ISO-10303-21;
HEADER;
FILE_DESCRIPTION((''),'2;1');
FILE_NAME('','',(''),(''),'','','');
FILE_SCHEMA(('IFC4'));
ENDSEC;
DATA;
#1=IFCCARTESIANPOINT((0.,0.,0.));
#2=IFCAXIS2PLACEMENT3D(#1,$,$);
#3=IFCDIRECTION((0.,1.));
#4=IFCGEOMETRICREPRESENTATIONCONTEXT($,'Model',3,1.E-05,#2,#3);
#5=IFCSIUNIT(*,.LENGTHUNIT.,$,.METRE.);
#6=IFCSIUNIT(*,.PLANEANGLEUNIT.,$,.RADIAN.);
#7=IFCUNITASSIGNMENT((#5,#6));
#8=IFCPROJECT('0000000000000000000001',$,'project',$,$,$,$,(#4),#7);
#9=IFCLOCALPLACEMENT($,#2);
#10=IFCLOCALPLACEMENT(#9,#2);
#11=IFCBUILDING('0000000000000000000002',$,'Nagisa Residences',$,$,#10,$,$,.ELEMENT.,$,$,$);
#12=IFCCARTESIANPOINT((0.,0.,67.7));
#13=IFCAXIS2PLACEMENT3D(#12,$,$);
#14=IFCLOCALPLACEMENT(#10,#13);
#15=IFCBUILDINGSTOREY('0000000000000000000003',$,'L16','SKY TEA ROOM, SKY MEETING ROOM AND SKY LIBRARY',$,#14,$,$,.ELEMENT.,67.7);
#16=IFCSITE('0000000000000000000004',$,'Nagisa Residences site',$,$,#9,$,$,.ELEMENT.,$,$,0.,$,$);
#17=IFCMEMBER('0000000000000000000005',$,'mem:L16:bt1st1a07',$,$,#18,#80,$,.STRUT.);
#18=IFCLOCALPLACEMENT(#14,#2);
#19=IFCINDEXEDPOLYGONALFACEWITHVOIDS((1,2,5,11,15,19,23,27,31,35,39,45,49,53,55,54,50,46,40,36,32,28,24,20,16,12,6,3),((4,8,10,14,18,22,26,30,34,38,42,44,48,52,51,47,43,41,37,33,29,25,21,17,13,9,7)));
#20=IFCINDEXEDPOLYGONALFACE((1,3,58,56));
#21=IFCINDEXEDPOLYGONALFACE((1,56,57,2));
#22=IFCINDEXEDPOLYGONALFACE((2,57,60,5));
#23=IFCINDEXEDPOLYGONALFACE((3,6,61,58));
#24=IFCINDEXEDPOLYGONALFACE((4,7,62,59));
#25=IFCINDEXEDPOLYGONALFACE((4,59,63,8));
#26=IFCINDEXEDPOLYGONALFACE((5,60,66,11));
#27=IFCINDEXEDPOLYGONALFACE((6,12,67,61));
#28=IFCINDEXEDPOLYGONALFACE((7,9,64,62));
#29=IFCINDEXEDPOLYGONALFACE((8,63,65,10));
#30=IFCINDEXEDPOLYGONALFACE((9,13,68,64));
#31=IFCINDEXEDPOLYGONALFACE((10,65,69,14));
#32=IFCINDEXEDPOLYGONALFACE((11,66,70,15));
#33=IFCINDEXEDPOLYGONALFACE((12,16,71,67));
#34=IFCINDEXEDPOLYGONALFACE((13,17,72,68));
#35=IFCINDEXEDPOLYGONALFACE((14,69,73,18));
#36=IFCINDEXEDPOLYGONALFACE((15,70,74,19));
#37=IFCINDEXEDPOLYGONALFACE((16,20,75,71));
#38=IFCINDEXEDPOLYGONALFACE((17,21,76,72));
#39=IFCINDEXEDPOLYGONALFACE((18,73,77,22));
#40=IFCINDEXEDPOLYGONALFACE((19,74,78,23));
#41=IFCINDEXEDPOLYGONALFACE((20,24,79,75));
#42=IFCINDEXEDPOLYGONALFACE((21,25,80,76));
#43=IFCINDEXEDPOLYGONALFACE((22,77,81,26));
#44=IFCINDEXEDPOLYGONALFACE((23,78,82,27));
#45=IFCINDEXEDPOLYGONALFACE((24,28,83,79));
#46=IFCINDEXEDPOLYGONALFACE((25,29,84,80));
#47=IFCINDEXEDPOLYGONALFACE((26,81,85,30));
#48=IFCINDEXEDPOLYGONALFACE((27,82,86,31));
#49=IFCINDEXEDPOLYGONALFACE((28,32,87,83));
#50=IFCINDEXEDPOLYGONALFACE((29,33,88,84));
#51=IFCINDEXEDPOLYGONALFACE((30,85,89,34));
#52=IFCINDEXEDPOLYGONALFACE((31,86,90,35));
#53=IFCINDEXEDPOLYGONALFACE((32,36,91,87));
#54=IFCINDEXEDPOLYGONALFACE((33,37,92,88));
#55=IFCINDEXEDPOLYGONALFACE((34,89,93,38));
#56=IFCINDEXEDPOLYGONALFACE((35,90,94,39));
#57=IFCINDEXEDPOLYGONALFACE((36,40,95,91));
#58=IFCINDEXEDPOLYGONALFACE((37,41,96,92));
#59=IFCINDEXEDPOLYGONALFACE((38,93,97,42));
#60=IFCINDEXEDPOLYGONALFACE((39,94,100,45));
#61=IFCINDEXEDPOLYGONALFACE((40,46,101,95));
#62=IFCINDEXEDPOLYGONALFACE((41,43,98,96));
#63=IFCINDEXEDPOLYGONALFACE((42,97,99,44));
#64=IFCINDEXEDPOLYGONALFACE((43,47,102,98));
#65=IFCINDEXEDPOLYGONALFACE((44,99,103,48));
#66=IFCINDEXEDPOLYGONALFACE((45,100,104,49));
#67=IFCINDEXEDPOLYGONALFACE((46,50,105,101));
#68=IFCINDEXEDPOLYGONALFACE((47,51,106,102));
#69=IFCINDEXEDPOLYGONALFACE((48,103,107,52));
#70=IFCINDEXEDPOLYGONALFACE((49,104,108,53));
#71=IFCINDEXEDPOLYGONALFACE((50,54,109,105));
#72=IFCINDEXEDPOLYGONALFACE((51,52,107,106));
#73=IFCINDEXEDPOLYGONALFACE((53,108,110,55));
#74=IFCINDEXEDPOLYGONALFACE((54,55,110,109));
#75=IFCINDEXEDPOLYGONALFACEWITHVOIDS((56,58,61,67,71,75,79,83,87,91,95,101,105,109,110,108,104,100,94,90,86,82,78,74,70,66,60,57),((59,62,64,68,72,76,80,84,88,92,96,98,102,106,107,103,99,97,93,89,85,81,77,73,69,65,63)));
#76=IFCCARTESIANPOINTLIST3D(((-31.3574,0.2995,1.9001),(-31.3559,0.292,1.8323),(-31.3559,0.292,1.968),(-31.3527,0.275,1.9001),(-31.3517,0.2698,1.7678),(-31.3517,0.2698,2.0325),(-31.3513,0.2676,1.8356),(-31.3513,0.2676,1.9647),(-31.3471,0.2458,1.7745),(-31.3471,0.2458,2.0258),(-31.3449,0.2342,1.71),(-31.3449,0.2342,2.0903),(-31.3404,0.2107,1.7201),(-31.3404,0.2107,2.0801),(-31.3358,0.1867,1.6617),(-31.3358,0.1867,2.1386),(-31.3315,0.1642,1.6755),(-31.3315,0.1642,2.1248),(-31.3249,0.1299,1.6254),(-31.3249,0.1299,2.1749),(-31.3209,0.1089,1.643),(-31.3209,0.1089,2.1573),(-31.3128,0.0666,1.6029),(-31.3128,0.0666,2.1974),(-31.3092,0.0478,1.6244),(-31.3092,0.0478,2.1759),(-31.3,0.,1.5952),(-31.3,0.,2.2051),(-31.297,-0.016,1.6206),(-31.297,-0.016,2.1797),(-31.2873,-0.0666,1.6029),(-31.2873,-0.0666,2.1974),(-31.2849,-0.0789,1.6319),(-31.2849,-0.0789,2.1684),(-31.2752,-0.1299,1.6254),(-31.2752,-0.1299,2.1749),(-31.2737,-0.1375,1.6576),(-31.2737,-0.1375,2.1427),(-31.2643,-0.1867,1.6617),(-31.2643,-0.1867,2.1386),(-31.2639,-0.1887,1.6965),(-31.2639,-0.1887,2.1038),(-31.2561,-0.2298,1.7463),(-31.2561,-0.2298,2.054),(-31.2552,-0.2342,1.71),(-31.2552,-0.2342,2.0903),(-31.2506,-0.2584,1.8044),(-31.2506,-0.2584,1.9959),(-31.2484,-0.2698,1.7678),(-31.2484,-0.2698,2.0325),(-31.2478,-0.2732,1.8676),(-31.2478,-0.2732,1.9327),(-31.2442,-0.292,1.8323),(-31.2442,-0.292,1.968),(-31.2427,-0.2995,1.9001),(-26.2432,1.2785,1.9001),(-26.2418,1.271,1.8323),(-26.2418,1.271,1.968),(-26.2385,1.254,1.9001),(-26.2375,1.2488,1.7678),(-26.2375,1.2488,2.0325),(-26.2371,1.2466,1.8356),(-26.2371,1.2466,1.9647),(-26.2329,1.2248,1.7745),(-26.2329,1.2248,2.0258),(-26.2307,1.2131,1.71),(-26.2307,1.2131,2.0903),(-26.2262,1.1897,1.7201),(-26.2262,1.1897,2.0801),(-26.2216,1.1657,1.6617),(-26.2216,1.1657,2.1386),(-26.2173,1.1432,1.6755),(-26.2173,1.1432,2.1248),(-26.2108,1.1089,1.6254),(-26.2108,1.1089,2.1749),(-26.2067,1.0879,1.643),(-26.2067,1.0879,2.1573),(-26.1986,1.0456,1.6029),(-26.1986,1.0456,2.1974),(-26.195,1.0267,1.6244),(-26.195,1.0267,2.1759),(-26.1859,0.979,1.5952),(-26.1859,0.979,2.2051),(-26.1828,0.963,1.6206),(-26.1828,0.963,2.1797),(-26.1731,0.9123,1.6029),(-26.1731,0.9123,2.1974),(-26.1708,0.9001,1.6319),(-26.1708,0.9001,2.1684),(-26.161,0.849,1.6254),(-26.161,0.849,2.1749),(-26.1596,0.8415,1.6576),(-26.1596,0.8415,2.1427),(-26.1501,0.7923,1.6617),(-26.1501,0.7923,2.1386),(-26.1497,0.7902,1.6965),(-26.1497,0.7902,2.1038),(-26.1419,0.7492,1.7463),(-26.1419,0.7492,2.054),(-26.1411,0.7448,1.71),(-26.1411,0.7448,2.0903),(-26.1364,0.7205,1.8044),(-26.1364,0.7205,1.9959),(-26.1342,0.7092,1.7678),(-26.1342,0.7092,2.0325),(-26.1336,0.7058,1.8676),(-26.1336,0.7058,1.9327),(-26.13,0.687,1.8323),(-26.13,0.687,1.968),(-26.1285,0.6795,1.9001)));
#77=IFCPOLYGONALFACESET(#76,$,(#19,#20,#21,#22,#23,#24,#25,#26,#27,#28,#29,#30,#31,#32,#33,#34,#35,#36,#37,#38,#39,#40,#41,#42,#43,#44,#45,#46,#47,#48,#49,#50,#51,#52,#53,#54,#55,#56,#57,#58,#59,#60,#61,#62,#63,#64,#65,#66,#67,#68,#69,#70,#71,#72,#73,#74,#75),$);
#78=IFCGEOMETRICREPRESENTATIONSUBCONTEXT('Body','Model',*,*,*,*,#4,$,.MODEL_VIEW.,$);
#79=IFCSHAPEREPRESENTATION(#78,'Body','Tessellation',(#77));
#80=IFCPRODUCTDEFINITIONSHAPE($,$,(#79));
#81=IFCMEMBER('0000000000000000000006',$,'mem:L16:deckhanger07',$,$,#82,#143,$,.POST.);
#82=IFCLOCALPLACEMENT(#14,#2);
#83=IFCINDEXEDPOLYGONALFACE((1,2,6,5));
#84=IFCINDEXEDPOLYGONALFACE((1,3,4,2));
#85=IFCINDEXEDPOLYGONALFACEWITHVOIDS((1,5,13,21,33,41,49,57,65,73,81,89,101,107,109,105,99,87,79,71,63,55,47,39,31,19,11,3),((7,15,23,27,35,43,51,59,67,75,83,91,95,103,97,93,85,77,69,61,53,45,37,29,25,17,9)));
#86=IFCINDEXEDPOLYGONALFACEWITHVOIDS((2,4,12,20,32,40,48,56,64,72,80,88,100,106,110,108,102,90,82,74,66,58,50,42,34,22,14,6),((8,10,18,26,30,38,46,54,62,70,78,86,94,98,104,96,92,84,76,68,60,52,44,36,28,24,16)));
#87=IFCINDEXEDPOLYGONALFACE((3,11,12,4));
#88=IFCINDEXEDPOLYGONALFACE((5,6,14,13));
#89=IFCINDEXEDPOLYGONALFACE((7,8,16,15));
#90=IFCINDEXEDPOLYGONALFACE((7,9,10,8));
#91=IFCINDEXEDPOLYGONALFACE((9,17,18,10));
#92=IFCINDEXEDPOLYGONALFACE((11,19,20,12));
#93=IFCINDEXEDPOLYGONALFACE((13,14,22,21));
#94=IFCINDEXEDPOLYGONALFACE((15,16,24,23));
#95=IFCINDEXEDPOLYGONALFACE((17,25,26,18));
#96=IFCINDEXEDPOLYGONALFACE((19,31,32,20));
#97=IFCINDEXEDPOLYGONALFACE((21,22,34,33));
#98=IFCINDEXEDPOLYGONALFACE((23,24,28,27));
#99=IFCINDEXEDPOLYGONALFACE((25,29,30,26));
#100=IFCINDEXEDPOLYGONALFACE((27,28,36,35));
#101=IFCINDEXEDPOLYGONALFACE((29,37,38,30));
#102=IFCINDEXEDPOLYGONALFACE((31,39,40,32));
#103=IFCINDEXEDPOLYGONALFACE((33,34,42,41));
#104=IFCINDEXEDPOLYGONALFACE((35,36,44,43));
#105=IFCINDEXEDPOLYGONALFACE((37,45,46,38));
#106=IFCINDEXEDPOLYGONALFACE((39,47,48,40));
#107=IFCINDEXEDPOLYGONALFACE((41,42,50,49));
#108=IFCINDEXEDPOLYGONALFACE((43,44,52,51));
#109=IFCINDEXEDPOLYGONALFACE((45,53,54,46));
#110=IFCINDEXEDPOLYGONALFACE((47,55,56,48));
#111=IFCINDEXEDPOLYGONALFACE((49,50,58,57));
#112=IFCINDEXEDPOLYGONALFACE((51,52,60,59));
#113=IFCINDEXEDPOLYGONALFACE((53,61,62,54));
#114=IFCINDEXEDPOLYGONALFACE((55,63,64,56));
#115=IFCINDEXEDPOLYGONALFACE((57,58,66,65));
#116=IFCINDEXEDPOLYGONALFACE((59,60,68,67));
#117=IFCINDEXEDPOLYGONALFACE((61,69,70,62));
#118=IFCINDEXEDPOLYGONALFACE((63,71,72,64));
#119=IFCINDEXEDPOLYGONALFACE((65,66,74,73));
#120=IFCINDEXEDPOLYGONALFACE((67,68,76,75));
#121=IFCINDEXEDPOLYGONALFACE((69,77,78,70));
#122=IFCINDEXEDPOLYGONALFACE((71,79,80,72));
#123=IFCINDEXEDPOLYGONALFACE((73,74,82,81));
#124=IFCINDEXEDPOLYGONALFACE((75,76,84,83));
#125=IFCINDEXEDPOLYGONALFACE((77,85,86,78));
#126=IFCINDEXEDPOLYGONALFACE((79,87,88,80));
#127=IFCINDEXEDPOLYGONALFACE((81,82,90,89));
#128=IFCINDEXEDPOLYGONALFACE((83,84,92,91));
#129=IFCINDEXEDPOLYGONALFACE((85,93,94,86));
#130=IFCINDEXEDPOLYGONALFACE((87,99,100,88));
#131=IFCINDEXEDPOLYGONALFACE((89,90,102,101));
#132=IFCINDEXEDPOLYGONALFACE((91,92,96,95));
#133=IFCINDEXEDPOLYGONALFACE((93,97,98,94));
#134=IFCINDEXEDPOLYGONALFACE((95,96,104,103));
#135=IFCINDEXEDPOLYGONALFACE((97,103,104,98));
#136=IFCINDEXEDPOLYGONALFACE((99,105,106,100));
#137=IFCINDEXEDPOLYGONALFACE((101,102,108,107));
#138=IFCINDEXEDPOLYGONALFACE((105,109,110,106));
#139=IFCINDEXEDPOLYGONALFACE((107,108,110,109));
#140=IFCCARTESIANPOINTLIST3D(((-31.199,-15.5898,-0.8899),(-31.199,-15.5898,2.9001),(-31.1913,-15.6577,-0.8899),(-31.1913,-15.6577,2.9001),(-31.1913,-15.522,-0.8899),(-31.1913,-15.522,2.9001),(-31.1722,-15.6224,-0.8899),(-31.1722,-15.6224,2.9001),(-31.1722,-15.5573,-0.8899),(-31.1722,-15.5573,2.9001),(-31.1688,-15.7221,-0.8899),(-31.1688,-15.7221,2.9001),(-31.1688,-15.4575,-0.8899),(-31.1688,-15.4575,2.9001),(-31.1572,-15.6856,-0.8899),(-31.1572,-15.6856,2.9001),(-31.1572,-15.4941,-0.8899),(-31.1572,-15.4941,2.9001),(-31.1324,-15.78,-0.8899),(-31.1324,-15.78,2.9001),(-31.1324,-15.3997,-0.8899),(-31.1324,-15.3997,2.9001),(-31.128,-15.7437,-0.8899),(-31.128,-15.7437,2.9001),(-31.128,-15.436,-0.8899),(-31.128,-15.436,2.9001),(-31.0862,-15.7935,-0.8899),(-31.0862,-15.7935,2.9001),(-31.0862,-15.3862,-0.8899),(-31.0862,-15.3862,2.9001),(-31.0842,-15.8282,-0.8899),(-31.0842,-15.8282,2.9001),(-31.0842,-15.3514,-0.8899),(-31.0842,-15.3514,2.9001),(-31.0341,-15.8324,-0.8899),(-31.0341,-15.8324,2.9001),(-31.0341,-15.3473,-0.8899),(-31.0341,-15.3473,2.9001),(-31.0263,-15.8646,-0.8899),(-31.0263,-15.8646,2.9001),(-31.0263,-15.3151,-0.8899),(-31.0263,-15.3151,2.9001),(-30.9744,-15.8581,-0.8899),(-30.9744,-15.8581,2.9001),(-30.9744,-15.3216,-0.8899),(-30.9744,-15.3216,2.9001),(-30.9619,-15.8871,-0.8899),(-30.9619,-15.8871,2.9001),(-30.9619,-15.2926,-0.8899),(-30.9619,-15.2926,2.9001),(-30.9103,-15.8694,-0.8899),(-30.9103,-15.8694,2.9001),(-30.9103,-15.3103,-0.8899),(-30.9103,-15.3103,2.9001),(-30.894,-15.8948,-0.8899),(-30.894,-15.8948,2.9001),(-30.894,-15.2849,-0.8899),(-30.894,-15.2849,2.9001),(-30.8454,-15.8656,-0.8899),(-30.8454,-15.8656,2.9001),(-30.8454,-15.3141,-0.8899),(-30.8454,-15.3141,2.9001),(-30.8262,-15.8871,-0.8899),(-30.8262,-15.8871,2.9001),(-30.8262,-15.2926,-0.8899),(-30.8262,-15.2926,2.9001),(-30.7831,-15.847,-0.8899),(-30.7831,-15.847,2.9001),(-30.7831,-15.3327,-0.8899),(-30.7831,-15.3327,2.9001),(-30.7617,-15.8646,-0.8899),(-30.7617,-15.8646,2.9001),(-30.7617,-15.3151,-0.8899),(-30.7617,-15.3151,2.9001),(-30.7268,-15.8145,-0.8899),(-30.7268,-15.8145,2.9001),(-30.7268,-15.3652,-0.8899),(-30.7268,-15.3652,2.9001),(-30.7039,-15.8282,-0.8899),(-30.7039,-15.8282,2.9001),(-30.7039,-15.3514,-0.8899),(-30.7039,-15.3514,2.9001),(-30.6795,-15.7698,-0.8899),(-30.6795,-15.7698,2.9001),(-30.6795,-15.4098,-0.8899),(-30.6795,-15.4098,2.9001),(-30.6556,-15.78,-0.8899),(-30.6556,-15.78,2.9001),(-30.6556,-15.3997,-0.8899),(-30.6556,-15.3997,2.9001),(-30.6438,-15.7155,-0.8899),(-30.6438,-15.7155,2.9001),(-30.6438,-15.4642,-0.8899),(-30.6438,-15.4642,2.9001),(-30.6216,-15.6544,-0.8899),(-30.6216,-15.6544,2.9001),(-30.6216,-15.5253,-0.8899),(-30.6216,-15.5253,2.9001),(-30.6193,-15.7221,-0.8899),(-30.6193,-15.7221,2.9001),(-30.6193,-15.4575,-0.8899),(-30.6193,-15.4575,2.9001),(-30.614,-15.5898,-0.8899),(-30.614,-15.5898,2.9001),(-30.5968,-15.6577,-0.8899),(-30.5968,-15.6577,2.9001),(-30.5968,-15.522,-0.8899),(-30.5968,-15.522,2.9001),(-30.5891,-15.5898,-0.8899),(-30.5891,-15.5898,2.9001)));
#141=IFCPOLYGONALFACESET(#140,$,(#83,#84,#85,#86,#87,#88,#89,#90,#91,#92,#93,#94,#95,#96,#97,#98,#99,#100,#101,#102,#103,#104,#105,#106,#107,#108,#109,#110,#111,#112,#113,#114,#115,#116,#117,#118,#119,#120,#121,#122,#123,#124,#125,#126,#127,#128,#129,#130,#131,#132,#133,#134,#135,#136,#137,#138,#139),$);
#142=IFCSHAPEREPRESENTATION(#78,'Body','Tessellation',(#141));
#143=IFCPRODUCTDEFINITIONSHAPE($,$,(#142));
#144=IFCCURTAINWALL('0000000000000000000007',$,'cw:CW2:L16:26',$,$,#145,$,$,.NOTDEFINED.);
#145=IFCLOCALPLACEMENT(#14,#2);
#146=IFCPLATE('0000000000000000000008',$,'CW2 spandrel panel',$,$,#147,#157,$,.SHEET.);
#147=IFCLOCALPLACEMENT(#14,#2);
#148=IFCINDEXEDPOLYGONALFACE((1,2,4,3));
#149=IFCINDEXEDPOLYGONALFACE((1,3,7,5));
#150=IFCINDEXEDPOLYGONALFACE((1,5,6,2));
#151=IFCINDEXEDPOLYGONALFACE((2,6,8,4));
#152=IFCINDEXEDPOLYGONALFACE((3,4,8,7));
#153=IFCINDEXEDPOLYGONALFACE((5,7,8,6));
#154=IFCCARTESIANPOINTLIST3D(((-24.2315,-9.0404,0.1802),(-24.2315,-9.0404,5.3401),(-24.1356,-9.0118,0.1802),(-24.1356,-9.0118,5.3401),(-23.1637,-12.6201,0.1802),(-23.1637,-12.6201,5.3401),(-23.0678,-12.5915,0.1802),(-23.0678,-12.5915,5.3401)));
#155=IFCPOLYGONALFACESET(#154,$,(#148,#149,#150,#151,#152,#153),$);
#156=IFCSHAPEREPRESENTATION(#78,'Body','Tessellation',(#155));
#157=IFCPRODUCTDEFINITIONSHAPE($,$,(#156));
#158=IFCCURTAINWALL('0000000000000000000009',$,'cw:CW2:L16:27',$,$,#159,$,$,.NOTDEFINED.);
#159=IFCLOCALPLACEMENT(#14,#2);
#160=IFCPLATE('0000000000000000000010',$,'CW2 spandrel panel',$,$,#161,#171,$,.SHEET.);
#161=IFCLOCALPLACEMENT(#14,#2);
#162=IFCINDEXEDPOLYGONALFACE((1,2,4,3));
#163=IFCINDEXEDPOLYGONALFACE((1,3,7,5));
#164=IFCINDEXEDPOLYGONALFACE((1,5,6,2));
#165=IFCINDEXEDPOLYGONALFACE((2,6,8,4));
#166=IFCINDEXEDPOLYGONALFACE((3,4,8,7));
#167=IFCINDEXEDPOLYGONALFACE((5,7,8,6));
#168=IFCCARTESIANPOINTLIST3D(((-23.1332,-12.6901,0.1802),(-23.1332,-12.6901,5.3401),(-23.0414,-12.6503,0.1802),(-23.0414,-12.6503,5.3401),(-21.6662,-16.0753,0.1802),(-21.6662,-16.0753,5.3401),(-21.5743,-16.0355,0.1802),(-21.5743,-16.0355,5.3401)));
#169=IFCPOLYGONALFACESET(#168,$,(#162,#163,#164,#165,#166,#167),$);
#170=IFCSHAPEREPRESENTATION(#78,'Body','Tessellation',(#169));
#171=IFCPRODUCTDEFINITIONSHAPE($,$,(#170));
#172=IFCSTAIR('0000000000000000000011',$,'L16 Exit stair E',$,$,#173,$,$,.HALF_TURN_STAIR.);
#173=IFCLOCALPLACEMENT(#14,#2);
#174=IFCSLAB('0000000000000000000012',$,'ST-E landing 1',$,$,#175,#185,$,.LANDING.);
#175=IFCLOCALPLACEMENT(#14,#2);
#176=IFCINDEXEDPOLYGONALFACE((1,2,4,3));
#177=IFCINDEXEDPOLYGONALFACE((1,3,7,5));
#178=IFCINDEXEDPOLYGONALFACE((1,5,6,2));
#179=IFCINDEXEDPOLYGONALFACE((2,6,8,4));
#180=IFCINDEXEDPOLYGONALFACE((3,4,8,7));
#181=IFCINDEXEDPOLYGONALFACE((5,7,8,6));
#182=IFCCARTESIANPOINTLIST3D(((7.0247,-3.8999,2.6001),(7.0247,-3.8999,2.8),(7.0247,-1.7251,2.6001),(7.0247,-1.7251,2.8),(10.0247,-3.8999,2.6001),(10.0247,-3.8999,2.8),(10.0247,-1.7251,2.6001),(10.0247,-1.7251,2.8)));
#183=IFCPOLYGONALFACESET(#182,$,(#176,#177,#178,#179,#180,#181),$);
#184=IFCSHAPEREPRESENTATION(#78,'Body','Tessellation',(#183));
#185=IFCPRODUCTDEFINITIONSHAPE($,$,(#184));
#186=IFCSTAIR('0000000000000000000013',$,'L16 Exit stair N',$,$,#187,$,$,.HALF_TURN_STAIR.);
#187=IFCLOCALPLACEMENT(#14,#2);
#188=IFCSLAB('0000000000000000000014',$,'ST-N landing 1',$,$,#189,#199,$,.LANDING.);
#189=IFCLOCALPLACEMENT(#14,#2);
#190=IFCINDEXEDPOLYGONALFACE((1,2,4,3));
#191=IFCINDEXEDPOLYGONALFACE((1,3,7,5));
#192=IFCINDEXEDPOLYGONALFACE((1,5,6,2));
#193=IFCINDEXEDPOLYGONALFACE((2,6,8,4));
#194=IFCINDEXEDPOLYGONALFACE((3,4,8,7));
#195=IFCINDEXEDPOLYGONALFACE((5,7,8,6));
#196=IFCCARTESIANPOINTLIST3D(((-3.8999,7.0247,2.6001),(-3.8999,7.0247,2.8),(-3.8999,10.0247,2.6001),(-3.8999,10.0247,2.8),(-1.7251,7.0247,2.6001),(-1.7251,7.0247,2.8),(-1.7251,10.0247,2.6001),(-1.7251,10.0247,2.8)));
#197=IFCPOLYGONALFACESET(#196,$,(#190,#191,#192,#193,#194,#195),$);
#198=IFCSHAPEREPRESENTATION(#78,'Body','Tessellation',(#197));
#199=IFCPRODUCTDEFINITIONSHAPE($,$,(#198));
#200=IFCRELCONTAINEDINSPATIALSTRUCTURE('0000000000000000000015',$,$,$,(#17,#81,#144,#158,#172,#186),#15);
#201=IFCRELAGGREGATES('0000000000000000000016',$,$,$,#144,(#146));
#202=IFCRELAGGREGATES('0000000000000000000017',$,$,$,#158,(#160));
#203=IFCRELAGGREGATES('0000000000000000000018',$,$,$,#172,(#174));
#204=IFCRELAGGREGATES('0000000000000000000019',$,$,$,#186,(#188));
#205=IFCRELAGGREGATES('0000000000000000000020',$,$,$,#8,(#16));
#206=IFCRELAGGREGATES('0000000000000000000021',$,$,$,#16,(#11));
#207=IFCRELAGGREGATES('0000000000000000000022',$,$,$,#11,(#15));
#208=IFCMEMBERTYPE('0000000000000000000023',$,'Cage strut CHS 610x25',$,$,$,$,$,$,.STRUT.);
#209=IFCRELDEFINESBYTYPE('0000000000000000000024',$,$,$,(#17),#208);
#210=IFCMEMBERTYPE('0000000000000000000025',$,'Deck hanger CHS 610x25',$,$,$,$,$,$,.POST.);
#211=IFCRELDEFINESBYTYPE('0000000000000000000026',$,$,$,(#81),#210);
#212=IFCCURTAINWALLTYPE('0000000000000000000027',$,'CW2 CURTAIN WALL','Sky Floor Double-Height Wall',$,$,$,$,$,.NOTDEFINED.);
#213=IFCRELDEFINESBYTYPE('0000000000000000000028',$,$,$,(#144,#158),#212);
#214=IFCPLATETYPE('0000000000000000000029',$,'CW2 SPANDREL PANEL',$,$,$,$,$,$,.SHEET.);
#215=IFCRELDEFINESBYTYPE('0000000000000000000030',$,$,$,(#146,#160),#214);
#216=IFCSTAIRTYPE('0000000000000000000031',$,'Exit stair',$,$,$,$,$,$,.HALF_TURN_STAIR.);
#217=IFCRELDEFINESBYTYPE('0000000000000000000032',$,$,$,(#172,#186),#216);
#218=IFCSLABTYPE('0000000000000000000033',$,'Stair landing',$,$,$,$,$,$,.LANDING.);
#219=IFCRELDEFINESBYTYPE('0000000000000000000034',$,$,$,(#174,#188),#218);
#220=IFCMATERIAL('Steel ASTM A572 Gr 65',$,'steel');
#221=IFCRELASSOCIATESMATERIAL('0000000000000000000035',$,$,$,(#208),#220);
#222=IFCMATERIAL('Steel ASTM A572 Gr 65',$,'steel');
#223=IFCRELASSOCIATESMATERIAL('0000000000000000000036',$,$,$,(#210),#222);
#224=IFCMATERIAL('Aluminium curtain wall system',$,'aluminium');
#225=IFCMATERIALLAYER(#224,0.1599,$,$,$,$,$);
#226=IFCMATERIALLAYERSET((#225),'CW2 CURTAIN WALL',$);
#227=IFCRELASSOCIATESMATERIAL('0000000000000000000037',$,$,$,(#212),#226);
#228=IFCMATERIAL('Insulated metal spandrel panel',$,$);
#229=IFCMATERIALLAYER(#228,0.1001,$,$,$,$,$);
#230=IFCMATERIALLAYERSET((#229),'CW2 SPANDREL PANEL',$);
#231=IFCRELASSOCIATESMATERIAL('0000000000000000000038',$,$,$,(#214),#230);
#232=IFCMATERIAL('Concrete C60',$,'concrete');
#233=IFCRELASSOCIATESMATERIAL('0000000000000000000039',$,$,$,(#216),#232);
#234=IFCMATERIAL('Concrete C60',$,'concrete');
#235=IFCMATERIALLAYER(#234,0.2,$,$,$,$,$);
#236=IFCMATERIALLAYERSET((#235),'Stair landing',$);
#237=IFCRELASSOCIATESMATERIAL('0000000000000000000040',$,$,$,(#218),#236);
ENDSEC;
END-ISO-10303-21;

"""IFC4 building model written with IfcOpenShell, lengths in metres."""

from ifc_helpers import new_model, si_unit, direction, frame, origin, origin_2d, place, context, subcontext, project, spatial, polyline, rectangle, hollow_circle, outline, extrude, material, layer, layer_set, material_profile, profile_set, type_object, element, aggregate, save


model = new_model("IFC4")

# Units and contexts
model_context = context("Model", 3, precision=1e-05, world=origin(), true_north=direction((0.0, 1.0)))
body_context = subcontext(model_context, "Body", "Model", "MODEL_VIEW")
ifc_project = project(units=[si_unit("LENGTHUNIT", "METRE"), si_unit("PLANEANGLEUNIT", "RADIAN")], contexts=[model_context])

# Site, building, storey
site_placement = place(None, origin())
site = spatial("IfcSite", under=ifc_project, at=site_placement, Name="Nagisa Residences site", CompositionType="ELEMENT", RefElevation=0.0)
building_placement = place(site_placement, origin())
building = spatial("IfcBuilding", under=site, at=building_placement, Name="Nagisa Residences", CompositionType="ELEMENT")
storey_placement = place(building_placement, frame((0.0, 0.0, 67.7)))
storey = spatial("IfcBuildingStorey", under=building, at=storey_placement, Name="L16", Description="SKY TEA ROOM, SKY MEETING ROOM AND SKY LIBRARY", CompositionType="ELEMENT", Elevation=67.7)

# Members
ifc_material_1 = material(Name="Steel ASTM A572 Gr 65", Category="steel")
ifc_material_profile_1 = material_profile(ifc_material_1, hollow_circle(Radius=0.3049, WallThickness=0.0249, at=origin_2d()), Name="CHS 610x25")
ifc_profile_set_1 = profile_set([ifc_material_profile_1], Name="Steel ASTM A572 Gr 65")
member_type_1 = type_object("IfcMemberType", Name="Cage strut CHS 610x25", PredefinedType="STRUT", material=ifc_profile_set_1)
member_1_placement = place(storey_placement, frame((-31.3, 0.0, 1.9001), z_axis=(0.982167, 0.188013, 0.0), x_axis=(-0.188013, 0.982167, 0.0)))
element("IfcMember", 1, at=member_1_placement, inside=storey, type_object=member_type_1, Name="mem:L16:bt1st1a07", PredefinedType="STRUT", context=body_context, shape_type="SweptSolid", body=[
    extrude(hollow_circle(Radius=0.3049, WallThickness=0.0249, at=origin_2d()), origin(), (0.0, 0.0, 1.0), 5.207),
])
ifc_material_2 = material(Name="Steel ASTM A572 Gr 65", Category="steel")
ifc_material_profile_2 = material_profile(ifc_material_2, hollow_circle(Radius=0.3049, WallThickness=0.0249, at=origin_2d()), Name="CHS 610x25")
ifc_profile_set_2 = profile_set([ifc_material_profile_2], Name="Steel ASTM A572 Gr 65")
member_type_2 = type_object("IfcMemberType", Name="Deck hanger CHS 610x25", PredefinedType="POST", material=ifc_profile_set_2)
member_2_placement = place(storey_placement, frame((-30.894, -15.5898, 2.9001), z_axis=(0.0, 0.0, -1.0), x_axis=(1.0, 0.0, 0.0)))
element("IfcMember", 2, at=member_2_placement, inside=storey, type_object=member_type_2, Name="mem:L16:deckhanger07", PredefinedType="POST", context=body_context, shape_type="SweptSolid", body=[
    extrude(hollow_circle(Radius=0.3049, WallThickness=0.0249, at=origin_2d()), origin(), (0.0, 0.0, 1.0), 3.79),
])

# Curtain walls, plates
ifc_material_3 = material(Name="Aluminium curtain wall system", Category="aluminium")
ifc_layer_1 = layer(ifc_material_3, 0.1599)
ifc_layer_set_1 = layer_set([ifc_layer_1], Name="CW2 CURTAIN WALL")
curtain_wall_type = type_object("IfcCurtainWallType", Name="CW2 CURTAIN WALL", Description="Sky Floor Double-Height Wall", PredefinedType="NOTDEFINED", material=ifc_layer_set_1)
curtain_wall_1_placement = place(storey_placement, origin())
curtain_wall_1 = element("IfcCurtainWall", 3, at=curtain_wall_1_placement, inside=storey, type_object=curtain_wall_type, Name="cw:CW2:L16:26", PredefinedType="NOTDEFINED")
ifc_material_4 = material(Name="Insulated metal spandrel panel")
ifc_layer_2 = layer(ifc_material_4, 0.1001)
ifc_layer_set_2 = layer_set([ifc_layer_2], Name="CW2 SPANDREL PANEL")
plate_type = type_object("IfcPlateType", Name="CW2 SPANDREL PANEL", PredefinedType="SHEET", material=ifc_layer_set_2)
plate_1_placement = place(storey_placement, frame((-23.6497, -10.8159, 0.1802), z_axis=(0.0, 0.0, 1.0), x_axis=(0.28586, -0.958271, 0.0)))
plate_1 = element("IfcPlate", 4, at=plate_1_placement, type_object=plate_type, Name="CW2 spandrel panel", PredefinedType="SHEET", context=body_context, shape_type="SweptSolid", body=[
    extrude(rectangle(XDim=3.7356, YDim=0.1001, at=origin_2d()), origin(), (0.0, 0.0, 1.0), 5.1599),
])
aggregate(curtain_wall_1, [plate_1])
curtain_wall_2_placement = place(storey_placement, origin())
curtain_wall_2 = element("IfcCurtainWall", 5, at=curtain_wall_2_placement, inside=storey, type_object=curtain_wall_type, Name="cw:CW2:L16:27", PredefinedType="NOTDEFINED")
plate_2_placement = place(storey_placement, frame((-22.3538, -14.3628, 0.1802), z_axis=(0.0, 0.0, 1.0), x_axis=(0.397636, -0.917543, 0.0)))
plate_2 = element("IfcPlate", 6, at=plate_2_placement, type_object=plate_type, Name="CW2 spandrel panel", PredefinedType="SHEET", context=body_context, shape_type="SweptSolid", body=[
    extrude(rectangle(XDim=3.6895, YDim=0.1001, at=origin_2d()), origin(), (0.0, 0.0, 1.0), 5.1599),
])
aggregate(curtain_wall_2, [plate_2])

# Stairs, slabs
ifc_material_5 = material(Name="Concrete C60", Category="concrete")
stair_type = type_object("IfcStairType", Name="Exit stair", PredefinedType="HALF_TURN_STAIR", material=ifc_material_5)
stair_1_placement = place(storey_placement, origin())
stair_1 = element("IfcStair", 7, at=stair_1_placement, inside=storey, type_object=stair_type, Name="L16 Exit stair E", PredefinedType="HALF_TURN_STAIR")
ifc_material_6 = material(Name="Concrete C60", Category="concrete")
ifc_layer_3 = layer(ifc_material_6, 0.2)
ifc_layer_set_3 = layer_set([ifc_layer_3], Name="Stair landing")
slab_type = type_object("IfcSlabType", Name="Stair landing", PredefinedType="LANDING", material=ifc_layer_set_3)
slab_1_placement = place(storey_placement, frame((0.0, 0.0, 2.6001)))
slab_1 = element("IfcSlab", 8, at=slab_1_placement, type_object=slab_type, Name="ST-E landing 1", PredefinedType="LANDING", context=body_context, shape_type="SweptSolid", body=[
    extrude(outline(polyline([(7.0247, -1.7251), (7.0247, -3.8999), (10.0247, -3.8999), (10.0247, -1.7251), (7.0247, -1.7251)])), origin(), (0.0, 0.0, 1.0), 0.2),
])
aggregate(stair_1, [slab_1])
stair_2_placement = place(storey_placement, origin())
stair_2 = element("IfcStair", 9, at=stair_2_placement, inside=storey, type_object=stair_type, Name="L16 Exit stair N", PredefinedType="HALF_TURN_STAIR")
slab_2_placement = place(storey_placement, frame((0.0, 0.0, 2.6001)))
slab_2 = element("IfcSlab", 10, at=slab_2_placement, type_object=slab_type, Name="ST-N landing 1", PredefinedType="LANDING", context=body_context, shape_type="SweptSolid", body=[
    extrude(outline(polyline([(-1.7251, 10.0247), (-3.8999, 10.0247), (-3.8999, 7.0247), (-1.7251, 7.0247), (-1.7251, 10.0247)])), origin(), (0.0, 0.0, 1.0), 0.2),
])
aggregate(stair_2, [slab_2])

save(model, "model.ifc")
